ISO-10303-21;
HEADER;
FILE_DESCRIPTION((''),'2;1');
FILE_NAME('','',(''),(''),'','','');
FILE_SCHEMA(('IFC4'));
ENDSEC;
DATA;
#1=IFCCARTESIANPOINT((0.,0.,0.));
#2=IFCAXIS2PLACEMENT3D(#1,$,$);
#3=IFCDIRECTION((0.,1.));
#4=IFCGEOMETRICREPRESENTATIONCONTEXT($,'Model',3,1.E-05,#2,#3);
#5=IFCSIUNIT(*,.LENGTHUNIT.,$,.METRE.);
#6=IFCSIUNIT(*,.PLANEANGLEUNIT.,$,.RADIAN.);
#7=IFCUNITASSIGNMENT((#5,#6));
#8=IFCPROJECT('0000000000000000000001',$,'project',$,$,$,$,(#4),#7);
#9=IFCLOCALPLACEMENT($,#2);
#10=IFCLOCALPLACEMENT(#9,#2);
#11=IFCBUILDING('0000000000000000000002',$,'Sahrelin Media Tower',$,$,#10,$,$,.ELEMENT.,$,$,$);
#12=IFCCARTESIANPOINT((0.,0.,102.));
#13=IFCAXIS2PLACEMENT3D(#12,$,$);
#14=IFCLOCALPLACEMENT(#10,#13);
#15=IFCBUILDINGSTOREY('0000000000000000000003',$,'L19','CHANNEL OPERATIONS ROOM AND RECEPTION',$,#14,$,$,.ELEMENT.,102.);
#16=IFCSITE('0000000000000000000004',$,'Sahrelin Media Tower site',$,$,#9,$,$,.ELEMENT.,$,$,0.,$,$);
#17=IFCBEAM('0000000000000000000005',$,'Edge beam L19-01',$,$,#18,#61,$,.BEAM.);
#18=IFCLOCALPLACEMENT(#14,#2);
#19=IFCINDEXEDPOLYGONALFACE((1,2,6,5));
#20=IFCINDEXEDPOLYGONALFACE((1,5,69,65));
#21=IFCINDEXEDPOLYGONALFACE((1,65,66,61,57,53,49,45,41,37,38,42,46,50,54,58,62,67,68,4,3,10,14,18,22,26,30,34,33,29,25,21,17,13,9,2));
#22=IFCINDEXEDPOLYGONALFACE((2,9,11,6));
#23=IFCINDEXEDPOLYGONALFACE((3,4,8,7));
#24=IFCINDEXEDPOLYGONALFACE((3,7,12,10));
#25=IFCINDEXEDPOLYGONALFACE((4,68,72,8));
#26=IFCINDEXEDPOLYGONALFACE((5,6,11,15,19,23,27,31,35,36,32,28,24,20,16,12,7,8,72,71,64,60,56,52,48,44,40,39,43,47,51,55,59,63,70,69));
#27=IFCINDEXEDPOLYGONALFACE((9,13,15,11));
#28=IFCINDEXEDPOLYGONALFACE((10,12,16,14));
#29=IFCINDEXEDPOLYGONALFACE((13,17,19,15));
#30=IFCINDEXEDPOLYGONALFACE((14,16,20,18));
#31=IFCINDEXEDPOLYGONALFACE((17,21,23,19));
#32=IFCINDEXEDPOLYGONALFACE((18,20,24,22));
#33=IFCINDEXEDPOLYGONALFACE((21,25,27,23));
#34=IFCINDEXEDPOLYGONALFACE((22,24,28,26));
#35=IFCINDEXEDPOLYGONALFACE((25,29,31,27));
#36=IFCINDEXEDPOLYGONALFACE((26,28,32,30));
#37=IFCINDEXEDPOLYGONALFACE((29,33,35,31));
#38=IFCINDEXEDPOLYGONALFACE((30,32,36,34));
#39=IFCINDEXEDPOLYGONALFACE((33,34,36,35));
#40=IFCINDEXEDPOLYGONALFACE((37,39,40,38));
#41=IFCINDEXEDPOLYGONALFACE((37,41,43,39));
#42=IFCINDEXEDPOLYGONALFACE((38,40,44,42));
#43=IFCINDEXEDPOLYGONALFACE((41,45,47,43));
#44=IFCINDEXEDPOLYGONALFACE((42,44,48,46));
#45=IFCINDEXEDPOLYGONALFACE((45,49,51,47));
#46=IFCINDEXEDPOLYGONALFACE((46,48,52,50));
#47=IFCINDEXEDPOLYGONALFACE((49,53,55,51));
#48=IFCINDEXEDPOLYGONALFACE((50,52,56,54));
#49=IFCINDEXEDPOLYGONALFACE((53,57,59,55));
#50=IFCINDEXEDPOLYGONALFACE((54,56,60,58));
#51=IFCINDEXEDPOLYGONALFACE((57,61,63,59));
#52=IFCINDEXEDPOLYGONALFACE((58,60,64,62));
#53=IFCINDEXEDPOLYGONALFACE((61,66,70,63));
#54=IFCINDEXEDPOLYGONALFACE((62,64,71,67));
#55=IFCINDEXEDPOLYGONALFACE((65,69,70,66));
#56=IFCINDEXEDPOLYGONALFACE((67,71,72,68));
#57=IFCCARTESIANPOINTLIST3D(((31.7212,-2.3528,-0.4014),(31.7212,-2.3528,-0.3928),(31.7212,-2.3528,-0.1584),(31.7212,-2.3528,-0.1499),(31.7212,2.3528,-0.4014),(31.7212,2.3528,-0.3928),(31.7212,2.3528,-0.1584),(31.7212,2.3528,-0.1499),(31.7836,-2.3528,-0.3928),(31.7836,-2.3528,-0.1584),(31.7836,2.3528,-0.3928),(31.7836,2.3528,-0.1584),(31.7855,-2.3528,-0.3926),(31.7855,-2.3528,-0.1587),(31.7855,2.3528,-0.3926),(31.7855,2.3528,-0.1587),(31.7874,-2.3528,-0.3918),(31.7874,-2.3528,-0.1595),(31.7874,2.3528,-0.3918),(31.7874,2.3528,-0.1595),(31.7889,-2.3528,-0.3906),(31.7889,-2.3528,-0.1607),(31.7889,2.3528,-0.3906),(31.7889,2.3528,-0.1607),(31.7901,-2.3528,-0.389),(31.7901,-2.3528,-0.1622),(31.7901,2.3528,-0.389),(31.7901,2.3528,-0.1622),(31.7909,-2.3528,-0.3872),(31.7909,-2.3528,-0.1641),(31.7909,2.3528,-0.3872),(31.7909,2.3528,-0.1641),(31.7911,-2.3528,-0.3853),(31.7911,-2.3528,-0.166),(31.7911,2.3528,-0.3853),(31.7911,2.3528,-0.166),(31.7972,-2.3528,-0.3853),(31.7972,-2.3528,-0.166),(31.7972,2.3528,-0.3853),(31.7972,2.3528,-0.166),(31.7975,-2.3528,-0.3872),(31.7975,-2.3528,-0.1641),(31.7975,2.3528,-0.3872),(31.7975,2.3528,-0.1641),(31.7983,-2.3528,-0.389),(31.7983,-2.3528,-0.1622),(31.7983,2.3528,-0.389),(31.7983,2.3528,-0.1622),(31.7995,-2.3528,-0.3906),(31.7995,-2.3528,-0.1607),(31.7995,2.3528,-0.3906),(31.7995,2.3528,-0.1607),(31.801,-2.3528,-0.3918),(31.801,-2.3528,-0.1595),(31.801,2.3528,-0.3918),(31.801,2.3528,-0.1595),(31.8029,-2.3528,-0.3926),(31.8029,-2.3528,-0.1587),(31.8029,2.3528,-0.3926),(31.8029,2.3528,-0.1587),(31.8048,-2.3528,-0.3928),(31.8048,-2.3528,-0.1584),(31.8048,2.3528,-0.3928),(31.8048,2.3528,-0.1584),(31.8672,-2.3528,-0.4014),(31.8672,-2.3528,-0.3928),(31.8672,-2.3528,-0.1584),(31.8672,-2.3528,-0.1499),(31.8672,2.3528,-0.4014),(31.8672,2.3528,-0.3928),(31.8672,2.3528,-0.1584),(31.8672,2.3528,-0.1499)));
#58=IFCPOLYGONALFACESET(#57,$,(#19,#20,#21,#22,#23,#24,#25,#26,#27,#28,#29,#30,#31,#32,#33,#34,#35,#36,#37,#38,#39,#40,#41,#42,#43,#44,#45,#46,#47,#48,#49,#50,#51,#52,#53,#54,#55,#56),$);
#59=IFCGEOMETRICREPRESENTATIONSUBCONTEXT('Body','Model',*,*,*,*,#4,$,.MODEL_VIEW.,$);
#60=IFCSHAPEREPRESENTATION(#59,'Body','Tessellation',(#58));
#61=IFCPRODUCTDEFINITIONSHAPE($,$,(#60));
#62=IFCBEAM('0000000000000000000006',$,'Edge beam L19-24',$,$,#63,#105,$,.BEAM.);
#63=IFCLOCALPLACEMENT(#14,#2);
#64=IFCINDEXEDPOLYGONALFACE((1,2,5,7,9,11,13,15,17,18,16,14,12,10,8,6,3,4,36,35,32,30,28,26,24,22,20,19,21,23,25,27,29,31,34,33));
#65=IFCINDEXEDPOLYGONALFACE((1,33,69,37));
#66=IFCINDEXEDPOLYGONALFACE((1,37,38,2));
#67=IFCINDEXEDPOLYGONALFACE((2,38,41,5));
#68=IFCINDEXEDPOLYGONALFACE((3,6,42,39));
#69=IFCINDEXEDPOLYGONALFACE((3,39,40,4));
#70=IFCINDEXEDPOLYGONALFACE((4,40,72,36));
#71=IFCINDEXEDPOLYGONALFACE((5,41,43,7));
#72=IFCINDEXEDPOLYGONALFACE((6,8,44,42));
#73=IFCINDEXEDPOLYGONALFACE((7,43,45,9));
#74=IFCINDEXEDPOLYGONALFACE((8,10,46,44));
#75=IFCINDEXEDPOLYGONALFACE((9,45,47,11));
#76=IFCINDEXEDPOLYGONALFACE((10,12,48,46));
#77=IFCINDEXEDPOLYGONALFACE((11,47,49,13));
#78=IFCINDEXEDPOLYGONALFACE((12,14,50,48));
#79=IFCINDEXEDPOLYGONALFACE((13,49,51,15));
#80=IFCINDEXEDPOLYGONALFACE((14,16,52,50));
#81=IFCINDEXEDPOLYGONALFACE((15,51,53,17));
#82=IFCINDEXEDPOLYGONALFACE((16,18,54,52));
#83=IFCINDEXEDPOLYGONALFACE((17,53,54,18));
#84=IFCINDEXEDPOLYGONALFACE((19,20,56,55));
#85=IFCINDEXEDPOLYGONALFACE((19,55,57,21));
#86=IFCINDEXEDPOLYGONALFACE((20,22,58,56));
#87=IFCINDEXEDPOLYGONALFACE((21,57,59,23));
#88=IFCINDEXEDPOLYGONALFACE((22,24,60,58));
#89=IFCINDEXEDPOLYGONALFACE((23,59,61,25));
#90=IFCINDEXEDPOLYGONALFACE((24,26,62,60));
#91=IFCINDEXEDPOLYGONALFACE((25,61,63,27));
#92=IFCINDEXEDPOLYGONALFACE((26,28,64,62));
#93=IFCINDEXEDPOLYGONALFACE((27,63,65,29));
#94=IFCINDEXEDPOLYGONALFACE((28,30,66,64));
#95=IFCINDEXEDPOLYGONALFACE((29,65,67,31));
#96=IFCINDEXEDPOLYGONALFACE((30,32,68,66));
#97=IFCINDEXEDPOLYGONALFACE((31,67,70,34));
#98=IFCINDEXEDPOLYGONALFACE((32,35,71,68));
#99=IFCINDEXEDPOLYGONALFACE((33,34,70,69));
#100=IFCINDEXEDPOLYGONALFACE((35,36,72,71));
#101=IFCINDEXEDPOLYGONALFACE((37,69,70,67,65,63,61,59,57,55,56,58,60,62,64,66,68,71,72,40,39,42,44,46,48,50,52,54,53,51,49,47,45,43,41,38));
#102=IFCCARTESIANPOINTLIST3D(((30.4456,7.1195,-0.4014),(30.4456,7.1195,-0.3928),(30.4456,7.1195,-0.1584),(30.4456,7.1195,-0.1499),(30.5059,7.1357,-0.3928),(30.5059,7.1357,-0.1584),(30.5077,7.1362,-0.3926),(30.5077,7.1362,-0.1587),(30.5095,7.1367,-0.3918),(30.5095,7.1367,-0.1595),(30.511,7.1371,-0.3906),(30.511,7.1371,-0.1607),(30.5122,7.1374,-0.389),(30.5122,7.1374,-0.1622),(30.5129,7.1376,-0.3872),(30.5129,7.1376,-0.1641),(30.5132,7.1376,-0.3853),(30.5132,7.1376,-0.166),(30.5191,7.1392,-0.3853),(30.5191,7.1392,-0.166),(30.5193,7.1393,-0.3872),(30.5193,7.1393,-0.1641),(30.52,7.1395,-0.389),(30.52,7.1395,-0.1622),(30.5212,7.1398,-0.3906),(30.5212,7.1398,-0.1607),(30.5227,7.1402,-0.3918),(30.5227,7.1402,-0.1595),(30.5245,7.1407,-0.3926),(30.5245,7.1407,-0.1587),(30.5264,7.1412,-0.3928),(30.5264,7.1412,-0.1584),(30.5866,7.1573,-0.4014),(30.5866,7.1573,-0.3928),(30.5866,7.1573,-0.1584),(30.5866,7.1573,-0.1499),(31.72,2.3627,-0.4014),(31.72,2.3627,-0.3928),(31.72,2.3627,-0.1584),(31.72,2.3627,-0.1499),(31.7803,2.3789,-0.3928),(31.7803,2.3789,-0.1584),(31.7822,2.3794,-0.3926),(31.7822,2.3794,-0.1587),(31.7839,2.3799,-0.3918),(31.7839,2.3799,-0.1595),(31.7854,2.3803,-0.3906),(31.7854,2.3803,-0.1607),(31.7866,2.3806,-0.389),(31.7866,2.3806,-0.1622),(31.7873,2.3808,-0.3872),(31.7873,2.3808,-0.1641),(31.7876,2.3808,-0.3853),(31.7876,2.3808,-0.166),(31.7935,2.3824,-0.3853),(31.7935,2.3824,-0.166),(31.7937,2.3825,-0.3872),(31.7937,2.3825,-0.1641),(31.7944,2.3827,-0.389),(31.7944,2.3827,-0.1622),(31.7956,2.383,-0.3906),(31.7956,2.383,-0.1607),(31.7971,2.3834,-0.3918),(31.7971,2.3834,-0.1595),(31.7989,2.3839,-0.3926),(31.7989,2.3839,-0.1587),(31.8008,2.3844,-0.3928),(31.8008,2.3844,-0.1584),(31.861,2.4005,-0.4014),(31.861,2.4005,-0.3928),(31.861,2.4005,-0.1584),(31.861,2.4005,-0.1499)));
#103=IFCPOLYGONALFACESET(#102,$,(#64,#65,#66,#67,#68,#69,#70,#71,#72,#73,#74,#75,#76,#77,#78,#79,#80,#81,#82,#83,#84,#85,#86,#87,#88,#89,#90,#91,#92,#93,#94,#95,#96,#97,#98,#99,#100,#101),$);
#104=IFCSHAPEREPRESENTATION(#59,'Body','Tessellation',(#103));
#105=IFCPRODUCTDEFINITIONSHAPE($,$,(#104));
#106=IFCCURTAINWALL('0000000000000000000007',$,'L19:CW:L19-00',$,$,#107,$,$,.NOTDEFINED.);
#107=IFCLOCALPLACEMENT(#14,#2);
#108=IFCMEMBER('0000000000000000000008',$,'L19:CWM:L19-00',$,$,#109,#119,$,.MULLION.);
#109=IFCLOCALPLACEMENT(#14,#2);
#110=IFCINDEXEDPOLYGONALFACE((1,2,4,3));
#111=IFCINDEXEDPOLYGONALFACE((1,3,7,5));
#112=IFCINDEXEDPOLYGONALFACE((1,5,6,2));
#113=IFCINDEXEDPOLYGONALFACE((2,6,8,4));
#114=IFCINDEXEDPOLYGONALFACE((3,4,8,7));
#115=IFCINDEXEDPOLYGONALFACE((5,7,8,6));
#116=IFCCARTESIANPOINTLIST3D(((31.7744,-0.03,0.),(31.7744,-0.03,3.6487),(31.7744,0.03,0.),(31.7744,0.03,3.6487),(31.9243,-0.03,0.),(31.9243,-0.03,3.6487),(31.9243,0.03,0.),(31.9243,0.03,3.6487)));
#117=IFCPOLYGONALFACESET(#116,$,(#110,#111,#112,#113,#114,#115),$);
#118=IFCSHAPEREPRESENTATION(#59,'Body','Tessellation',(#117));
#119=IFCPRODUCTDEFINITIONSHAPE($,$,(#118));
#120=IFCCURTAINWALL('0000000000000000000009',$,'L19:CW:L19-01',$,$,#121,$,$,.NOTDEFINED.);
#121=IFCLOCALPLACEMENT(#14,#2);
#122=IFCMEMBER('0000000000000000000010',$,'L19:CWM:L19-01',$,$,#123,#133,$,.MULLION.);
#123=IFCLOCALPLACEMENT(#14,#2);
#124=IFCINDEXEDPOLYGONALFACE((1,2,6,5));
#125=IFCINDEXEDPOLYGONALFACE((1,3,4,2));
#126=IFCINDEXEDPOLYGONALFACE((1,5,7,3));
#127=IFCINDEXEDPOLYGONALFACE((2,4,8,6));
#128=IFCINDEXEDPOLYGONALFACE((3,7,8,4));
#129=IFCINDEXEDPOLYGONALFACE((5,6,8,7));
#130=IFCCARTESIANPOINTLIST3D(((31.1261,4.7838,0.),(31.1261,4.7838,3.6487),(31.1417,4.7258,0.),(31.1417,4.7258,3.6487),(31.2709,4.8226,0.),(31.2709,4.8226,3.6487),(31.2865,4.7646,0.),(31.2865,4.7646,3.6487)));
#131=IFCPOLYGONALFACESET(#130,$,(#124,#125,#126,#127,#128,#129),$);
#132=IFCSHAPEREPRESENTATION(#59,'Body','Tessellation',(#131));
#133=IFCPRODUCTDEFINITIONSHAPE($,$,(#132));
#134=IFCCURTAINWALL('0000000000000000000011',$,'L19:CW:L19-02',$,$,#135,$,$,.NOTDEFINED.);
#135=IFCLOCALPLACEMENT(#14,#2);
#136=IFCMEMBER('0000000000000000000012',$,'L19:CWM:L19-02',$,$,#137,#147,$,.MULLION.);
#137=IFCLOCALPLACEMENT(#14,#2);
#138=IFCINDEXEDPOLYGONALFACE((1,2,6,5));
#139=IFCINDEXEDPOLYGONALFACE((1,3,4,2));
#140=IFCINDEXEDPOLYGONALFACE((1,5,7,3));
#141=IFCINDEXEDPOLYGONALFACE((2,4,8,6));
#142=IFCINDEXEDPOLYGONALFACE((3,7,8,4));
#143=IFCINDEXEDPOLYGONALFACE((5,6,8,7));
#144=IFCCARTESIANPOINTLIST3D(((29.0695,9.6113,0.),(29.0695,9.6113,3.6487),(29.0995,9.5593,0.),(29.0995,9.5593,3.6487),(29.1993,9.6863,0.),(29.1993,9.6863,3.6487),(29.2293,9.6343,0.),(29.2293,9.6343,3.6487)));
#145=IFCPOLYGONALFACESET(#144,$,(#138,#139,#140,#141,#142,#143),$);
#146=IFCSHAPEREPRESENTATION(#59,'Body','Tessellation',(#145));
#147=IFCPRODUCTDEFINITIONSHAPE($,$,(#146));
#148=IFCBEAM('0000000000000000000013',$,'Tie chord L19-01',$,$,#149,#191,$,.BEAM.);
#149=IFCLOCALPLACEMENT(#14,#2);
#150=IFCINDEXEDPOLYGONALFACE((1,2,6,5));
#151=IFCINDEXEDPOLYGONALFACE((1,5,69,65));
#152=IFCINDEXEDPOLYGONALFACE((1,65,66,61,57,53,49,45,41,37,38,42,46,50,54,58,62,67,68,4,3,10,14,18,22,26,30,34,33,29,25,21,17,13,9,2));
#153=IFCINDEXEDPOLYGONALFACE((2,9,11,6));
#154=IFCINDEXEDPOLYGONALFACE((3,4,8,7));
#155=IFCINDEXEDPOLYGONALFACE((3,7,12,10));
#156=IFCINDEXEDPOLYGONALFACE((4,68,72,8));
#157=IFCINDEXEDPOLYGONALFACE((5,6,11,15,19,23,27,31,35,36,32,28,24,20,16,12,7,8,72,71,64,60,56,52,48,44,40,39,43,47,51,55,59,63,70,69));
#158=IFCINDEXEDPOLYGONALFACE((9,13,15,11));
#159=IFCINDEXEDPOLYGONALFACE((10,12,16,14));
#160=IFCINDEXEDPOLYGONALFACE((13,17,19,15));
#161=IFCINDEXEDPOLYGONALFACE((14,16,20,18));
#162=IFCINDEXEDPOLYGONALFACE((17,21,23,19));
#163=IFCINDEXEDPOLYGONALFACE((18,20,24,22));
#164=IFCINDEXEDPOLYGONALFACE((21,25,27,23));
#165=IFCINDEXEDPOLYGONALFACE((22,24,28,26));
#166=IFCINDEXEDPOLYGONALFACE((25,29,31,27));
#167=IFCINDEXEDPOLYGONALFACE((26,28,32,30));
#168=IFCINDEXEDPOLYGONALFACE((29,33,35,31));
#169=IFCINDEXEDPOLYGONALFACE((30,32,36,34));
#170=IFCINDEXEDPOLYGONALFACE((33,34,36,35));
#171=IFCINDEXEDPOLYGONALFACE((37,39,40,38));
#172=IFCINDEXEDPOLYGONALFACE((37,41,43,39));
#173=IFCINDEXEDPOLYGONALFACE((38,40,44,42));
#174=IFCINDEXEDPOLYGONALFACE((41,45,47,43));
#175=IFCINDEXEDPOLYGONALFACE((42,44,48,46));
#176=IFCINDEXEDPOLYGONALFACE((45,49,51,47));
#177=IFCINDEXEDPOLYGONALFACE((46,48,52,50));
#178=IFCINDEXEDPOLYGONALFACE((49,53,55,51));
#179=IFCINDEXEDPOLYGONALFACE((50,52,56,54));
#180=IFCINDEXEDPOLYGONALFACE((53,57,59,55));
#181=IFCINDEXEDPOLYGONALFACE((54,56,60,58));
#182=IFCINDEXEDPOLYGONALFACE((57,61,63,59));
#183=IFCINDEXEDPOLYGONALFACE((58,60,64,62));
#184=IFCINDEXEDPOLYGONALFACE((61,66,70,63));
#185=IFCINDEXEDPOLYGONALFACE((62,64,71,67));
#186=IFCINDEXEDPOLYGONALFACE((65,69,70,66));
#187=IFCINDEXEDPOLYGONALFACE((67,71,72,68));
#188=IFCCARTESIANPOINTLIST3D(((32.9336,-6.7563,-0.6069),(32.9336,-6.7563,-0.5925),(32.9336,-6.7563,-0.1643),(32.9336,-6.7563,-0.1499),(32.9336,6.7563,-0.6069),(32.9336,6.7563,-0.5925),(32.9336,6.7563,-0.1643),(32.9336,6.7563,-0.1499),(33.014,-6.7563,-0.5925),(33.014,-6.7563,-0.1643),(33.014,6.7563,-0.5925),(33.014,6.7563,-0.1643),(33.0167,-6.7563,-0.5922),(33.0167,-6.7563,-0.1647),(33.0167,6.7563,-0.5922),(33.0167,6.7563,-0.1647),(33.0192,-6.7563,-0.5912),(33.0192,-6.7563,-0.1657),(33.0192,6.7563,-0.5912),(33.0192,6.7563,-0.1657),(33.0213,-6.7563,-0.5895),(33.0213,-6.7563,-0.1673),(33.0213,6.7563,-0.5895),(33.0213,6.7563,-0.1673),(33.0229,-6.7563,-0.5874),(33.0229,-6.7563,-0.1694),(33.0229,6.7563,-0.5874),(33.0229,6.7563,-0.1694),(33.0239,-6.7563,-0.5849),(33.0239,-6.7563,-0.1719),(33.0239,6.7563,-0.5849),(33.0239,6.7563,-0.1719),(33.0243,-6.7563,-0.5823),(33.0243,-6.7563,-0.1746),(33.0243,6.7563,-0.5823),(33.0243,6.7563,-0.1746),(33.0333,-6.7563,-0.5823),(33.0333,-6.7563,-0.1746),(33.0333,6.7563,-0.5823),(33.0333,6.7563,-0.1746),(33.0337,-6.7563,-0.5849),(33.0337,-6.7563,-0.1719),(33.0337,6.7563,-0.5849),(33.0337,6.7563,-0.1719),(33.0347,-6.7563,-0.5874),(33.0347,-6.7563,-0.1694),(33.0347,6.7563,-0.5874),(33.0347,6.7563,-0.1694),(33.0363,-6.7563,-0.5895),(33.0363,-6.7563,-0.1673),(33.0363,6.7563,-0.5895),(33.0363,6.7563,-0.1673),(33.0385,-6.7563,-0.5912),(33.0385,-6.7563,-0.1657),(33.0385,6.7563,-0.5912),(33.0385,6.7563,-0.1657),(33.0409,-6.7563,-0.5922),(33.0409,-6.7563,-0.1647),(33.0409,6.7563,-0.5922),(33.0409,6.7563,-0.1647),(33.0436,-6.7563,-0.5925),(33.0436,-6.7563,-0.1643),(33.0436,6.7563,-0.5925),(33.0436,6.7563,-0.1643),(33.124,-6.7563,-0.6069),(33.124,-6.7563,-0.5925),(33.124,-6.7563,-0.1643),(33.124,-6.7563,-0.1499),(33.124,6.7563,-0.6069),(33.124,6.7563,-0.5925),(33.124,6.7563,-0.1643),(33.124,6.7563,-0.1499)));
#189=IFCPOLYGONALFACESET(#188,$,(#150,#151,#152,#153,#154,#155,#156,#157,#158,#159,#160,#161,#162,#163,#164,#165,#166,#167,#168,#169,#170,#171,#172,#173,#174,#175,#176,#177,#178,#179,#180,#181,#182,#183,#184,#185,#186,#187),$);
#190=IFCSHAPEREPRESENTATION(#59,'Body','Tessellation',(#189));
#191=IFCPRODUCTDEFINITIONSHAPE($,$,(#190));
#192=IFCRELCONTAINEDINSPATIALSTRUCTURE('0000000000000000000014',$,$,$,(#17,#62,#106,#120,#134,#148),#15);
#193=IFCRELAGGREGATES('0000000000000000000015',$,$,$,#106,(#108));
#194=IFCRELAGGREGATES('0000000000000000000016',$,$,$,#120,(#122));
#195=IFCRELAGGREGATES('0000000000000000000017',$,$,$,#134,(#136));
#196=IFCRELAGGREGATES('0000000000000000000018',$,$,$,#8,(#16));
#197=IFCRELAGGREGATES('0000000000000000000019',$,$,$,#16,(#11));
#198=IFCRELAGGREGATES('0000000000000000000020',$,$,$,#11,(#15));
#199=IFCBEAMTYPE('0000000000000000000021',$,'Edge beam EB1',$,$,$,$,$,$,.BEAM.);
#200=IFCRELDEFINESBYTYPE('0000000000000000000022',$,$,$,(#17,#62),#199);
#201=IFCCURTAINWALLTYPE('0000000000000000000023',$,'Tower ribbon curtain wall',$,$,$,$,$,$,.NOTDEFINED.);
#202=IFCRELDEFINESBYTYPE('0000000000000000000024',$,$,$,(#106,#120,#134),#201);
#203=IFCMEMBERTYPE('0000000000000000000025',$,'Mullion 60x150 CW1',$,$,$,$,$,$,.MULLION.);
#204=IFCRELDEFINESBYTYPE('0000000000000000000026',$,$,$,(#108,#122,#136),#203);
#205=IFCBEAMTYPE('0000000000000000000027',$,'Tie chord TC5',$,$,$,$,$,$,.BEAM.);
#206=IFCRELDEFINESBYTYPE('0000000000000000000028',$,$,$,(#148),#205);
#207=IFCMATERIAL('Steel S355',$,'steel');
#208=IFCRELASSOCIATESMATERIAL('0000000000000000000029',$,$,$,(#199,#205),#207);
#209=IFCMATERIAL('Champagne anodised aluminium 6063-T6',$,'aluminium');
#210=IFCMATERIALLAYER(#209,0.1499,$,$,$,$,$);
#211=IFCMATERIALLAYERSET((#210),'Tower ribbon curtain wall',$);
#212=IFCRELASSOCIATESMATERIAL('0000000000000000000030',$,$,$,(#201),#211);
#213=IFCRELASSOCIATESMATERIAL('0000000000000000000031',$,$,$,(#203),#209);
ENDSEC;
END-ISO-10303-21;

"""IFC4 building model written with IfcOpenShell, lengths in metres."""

from ifc_helpers import new_model, si_unit, direction, frame, origin, origin_2d, place, context, subcontext, project, spatial, rectangle, i_section, extrude, material, layer, layer_set, material_profile, profile_set, type_object, element, aggregate, save


model = new_model("IFC4")

# Units and contexts
model_context = context("Model", 3, precision=1e-05, world=origin(), true_north=direction((0.0, 1.0)))
body_context = subcontext(model_context, "Body", "Model", "MODEL_VIEW")
ifc_project = project(units=[si_unit("LENGTHUNIT", "METRE"), si_unit("PLANEANGLEUNIT", "RADIAN")], contexts=[model_context])

# Site, building, storey
site_placement = place(None, origin())
site = spatial("IfcSite", under=ifc_project, at=site_placement, Name="Sahrelin Media Tower site", CompositionType="ELEMENT", RefElevation=0.0)
building_placement = place(site_placement, origin())
building = spatial("IfcBuilding", under=site, at=building_placement, Name="Sahrelin Media Tower", CompositionType="ELEMENT")
storey_placement = place(building_placement, frame((0.0, 0.0, 102.0)))
storey = spatial("IfcBuildingStorey", under=building, at=storey_placement, Name="L19", Description="CHANNEL OPERATIONS ROOM AND RECEPTION", CompositionType="ELEMENT", Elevation=102.0)

# Beams
ifc_material_1 = material(Name="Steel S355", Category="steel")
ifc_material_profile_1 = material_profile(ifc_material_1, i_section(OverallWidth=0.146, OverallDepth=0.2515, WebThickness=0.0061, FlangeThickness=0.0085, FilletRadius=0.0076, at=origin_2d()), Name="UB 254x146x31")
ifc_profile_set_1 = profile_set([ifc_material_profile_1], Name="Steel S355")
beam_type_1 = type_object("IfcBeamType", Name="Edge beam EB1", PredefinedType="BEAM", material=ifc_profile_set_1)
beam_1_placement = place(storey_placement, frame((31.7942, 2.3528, -0.2756), z_axis=(0.0, -1.0, 0.0), x_axis=(1.0, 0.0, 0.0)))
element("IfcBeam", 1, at=beam_1_placement, inside=storey, type_object=beam_type_1, Name="Edge beam L19-01", PredefinedType="BEAM", context=body_context, shape_type="SweptSolid", body=[
    extrude(i_section(OverallWidth=0.146, OverallDepth=0.2515, WebThickness=0.0061, FlangeThickness=0.0085, FilletRadius=0.0076, at=origin_2d()), origin(), (0.0, 0.0, 1.0), 4.7056),
])
beam_2_placement = place(storey_placement, frame((30.5161, 7.1384, -0.2756), z_axis=(0.258786, -0.965935, 0.0), x_axis=(0.965935, 0.258786, 0.0)))
element("IfcBeam", 2, at=beam_2_placement, inside=storey, type_object=beam_type_1, Name="Edge beam L19-24", PredefinedType="BEAM", context=body_context, shape_type="SweptSolid", body=[
    extrude(i_section(OverallWidth=0.146, OverallDepth=0.2515, WebThickness=0.0061, FlangeThickness=0.0085, FilletRadius=0.0076, at=origin_2d()), origin(), (0.0, 0.0, 1.0), 4.9246),
])

# Curtain walls, members
ifc_material_2 = material(Name="Champagne anodised aluminium 6063-T6", Category="aluminium")
ifc_layer_1 = layer(ifc_material_2, 0.1499)
ifc_layer_set_1 = layer_set([ifc_layer_1], Name="Tower ribbon curtain wall")
curtain_wall_type = type_object("IfcCurtainWallType", Name="Tower ribbon curtain wall", PredefinedType="NOTDEFINED", material=ifc_layer_set_1)
curtain_wall_1_placement = place(storey_placement, frame((31.9443, 0.0, 0.0), z_axis=(0.0, 0.0, 1.0), x_axis=(1.0, 0.0, 0.0)))
curtain_wall_1 = element("IfcCurtainWall", 3, at=curtain_wall_1_placement, inside=storey, type_object=curtain_wall_type, Name="L19:CW:L19-00", PredefinedType="NOTDEFINED")
ifc_material_profile_2 = material_profile(ifc_material_2, rectangle(XDim=0.0601, YDim=0.1499, at=origin_2d()), Name="Mullion 60x150")
ifc_profile_set_2 = profile_set([ifc_material_profile_2], Name="Champagne anodised aluminium 6063-T6")
member_type_1 = type_object("IfcMemberType", Name="Mullion 60x150 CW1", PredefinedType="MULLION", material=ifc_profile_set_2)
member_1_placement = place(storey_placement, frame((31.8494, 0.0, 0.0), z_axis=(0.0, 0.0, 1.0), x_axis=(0.0, 1.0, 0.0)))
member_1 = element("IfcMember", 4, at=member_1_placement, type_object=member_type_1, Name="L19:CWM:L19-00", PredefinedType="MULLION", context=body_context, shape_type="SweptSolid", body=[
    extrude(rectangle(XDim=0.0601, YDim=0.1499, at=origin_2d()), origin(), (0.0, 0.0, 1.0), 3.6487),
])
aggregate(curtain_wall_1, [member_1])
curtain_wall_2_placement = place(storey_placement, frame((31.2981, 4.7988, 0.0), z_axis=(0.0, 0.0, 1.0), x_axis=(1.0, 0.0, 0.0)))
curtain_wall_2 = element("IfcCurtainWall", 5, at=curtain_wall_2_placement, inside=storey, type_object=curtain_wall_type, Name="L19:CW:L19-01", PredefinedType="NOTDEFINED")
member_2_placement = place(storey_placement, frame((31.2063, 4.7742, 0.0), z_axis=(0.0, 0.0, 1.0), x_axis=(-0.258811, 0.965928, 0.0)))
member_2 = element("IfcMember", 6, at=member_2_placement, type_object=member_type_1, Name="L19:CWM:L19-01", PredefinedType="MULLION", context=body_context, shape_type="SweptSolid", body=[
    extrude(rectangle(XDim=0.0601, YDim=0.1499, at=origin_2d()), origin(), (0.0, 0.0, 1.0), 3.6487),
])
curtain_wall_3_placement = place(storey_placement, frame((29.2317, 9.6704, 0.0), z_axis=(0.0, 0.0, 1.0), x_axis=(1.0, 0.0, 0.0)))
curtain_wall_3 = element("IfcCurtainWall", 7, at=curtain_wall_3_placement, inside=storey, type_object=curtain_wall_type, Name="L19:CW:L19-02", PredefinedType="NOTDEFINED")
member_3_placement = place(storey_placement, frame((29.1494, 9.6228, 0.0), z_axis=(0.0, 0.0, 1.0), x_axis=(-0.500005, 0.866023, 0.0)))
member_3 = element("IfcMember", 8, at=member_3_placement, type_object=member_type_1, Name="L19:CWM:L19-02", PredefinedType="MULLION", context=body_context, shape_type="SweptSolid", body=[
    extrude(rectangle(XDim=0.0601, YDim=0.1499, at=origin_2d()), origin(), (0.0, 0.0, 1.0), 3.6487),
])

# Beam
ifc_material_profile_3 = material_profile(ifc_material_1, i_section(OverallWidth=0.1904, OverallDepth=0.457, WebThickness=0.009, FlangeThickness=0.0144, FilletRadius=0.0103, at=origin_2d()), Name="UB 457x191x74")
ifc_profile_set_3 = profile_set([ifc_material_profile_3], Name="Steel S355")
beam_type_2 = type_object("IfcBeamType", Name="Tie chord TC5", PredefinedType="BEAM", material=ifc_profile_set_3)
beam_3_placement = place(storey_placement, frame((33.0288, 6.7563, -0.3784), z_axis=(0.0, -1.0, 0.0), x_axis=(1.0, 0.0, 0.0)))
element("IfcBeam", 9, at=beam_3_placement, inside=storey, type_object=beam_type_2, Name="Tie chord L19-01", PredefinedType="BEAM", context=body_context, shape_type="SweptSolid", body=[
    extrude(i_section(OverallWidth=0.1904, OverallDepth=0.457, WebThickness=0.009, FlangeThickness=0.0144, FilletRadius=0.0103, at=origin_2d()), origin(), (0.0, 0.0, 1.0), 13.5127),
])

aggregate(curtain_wall_2, [member_2])
aggregate(curtain_wall_3, [member_3])

save(model, "model.ifc")
